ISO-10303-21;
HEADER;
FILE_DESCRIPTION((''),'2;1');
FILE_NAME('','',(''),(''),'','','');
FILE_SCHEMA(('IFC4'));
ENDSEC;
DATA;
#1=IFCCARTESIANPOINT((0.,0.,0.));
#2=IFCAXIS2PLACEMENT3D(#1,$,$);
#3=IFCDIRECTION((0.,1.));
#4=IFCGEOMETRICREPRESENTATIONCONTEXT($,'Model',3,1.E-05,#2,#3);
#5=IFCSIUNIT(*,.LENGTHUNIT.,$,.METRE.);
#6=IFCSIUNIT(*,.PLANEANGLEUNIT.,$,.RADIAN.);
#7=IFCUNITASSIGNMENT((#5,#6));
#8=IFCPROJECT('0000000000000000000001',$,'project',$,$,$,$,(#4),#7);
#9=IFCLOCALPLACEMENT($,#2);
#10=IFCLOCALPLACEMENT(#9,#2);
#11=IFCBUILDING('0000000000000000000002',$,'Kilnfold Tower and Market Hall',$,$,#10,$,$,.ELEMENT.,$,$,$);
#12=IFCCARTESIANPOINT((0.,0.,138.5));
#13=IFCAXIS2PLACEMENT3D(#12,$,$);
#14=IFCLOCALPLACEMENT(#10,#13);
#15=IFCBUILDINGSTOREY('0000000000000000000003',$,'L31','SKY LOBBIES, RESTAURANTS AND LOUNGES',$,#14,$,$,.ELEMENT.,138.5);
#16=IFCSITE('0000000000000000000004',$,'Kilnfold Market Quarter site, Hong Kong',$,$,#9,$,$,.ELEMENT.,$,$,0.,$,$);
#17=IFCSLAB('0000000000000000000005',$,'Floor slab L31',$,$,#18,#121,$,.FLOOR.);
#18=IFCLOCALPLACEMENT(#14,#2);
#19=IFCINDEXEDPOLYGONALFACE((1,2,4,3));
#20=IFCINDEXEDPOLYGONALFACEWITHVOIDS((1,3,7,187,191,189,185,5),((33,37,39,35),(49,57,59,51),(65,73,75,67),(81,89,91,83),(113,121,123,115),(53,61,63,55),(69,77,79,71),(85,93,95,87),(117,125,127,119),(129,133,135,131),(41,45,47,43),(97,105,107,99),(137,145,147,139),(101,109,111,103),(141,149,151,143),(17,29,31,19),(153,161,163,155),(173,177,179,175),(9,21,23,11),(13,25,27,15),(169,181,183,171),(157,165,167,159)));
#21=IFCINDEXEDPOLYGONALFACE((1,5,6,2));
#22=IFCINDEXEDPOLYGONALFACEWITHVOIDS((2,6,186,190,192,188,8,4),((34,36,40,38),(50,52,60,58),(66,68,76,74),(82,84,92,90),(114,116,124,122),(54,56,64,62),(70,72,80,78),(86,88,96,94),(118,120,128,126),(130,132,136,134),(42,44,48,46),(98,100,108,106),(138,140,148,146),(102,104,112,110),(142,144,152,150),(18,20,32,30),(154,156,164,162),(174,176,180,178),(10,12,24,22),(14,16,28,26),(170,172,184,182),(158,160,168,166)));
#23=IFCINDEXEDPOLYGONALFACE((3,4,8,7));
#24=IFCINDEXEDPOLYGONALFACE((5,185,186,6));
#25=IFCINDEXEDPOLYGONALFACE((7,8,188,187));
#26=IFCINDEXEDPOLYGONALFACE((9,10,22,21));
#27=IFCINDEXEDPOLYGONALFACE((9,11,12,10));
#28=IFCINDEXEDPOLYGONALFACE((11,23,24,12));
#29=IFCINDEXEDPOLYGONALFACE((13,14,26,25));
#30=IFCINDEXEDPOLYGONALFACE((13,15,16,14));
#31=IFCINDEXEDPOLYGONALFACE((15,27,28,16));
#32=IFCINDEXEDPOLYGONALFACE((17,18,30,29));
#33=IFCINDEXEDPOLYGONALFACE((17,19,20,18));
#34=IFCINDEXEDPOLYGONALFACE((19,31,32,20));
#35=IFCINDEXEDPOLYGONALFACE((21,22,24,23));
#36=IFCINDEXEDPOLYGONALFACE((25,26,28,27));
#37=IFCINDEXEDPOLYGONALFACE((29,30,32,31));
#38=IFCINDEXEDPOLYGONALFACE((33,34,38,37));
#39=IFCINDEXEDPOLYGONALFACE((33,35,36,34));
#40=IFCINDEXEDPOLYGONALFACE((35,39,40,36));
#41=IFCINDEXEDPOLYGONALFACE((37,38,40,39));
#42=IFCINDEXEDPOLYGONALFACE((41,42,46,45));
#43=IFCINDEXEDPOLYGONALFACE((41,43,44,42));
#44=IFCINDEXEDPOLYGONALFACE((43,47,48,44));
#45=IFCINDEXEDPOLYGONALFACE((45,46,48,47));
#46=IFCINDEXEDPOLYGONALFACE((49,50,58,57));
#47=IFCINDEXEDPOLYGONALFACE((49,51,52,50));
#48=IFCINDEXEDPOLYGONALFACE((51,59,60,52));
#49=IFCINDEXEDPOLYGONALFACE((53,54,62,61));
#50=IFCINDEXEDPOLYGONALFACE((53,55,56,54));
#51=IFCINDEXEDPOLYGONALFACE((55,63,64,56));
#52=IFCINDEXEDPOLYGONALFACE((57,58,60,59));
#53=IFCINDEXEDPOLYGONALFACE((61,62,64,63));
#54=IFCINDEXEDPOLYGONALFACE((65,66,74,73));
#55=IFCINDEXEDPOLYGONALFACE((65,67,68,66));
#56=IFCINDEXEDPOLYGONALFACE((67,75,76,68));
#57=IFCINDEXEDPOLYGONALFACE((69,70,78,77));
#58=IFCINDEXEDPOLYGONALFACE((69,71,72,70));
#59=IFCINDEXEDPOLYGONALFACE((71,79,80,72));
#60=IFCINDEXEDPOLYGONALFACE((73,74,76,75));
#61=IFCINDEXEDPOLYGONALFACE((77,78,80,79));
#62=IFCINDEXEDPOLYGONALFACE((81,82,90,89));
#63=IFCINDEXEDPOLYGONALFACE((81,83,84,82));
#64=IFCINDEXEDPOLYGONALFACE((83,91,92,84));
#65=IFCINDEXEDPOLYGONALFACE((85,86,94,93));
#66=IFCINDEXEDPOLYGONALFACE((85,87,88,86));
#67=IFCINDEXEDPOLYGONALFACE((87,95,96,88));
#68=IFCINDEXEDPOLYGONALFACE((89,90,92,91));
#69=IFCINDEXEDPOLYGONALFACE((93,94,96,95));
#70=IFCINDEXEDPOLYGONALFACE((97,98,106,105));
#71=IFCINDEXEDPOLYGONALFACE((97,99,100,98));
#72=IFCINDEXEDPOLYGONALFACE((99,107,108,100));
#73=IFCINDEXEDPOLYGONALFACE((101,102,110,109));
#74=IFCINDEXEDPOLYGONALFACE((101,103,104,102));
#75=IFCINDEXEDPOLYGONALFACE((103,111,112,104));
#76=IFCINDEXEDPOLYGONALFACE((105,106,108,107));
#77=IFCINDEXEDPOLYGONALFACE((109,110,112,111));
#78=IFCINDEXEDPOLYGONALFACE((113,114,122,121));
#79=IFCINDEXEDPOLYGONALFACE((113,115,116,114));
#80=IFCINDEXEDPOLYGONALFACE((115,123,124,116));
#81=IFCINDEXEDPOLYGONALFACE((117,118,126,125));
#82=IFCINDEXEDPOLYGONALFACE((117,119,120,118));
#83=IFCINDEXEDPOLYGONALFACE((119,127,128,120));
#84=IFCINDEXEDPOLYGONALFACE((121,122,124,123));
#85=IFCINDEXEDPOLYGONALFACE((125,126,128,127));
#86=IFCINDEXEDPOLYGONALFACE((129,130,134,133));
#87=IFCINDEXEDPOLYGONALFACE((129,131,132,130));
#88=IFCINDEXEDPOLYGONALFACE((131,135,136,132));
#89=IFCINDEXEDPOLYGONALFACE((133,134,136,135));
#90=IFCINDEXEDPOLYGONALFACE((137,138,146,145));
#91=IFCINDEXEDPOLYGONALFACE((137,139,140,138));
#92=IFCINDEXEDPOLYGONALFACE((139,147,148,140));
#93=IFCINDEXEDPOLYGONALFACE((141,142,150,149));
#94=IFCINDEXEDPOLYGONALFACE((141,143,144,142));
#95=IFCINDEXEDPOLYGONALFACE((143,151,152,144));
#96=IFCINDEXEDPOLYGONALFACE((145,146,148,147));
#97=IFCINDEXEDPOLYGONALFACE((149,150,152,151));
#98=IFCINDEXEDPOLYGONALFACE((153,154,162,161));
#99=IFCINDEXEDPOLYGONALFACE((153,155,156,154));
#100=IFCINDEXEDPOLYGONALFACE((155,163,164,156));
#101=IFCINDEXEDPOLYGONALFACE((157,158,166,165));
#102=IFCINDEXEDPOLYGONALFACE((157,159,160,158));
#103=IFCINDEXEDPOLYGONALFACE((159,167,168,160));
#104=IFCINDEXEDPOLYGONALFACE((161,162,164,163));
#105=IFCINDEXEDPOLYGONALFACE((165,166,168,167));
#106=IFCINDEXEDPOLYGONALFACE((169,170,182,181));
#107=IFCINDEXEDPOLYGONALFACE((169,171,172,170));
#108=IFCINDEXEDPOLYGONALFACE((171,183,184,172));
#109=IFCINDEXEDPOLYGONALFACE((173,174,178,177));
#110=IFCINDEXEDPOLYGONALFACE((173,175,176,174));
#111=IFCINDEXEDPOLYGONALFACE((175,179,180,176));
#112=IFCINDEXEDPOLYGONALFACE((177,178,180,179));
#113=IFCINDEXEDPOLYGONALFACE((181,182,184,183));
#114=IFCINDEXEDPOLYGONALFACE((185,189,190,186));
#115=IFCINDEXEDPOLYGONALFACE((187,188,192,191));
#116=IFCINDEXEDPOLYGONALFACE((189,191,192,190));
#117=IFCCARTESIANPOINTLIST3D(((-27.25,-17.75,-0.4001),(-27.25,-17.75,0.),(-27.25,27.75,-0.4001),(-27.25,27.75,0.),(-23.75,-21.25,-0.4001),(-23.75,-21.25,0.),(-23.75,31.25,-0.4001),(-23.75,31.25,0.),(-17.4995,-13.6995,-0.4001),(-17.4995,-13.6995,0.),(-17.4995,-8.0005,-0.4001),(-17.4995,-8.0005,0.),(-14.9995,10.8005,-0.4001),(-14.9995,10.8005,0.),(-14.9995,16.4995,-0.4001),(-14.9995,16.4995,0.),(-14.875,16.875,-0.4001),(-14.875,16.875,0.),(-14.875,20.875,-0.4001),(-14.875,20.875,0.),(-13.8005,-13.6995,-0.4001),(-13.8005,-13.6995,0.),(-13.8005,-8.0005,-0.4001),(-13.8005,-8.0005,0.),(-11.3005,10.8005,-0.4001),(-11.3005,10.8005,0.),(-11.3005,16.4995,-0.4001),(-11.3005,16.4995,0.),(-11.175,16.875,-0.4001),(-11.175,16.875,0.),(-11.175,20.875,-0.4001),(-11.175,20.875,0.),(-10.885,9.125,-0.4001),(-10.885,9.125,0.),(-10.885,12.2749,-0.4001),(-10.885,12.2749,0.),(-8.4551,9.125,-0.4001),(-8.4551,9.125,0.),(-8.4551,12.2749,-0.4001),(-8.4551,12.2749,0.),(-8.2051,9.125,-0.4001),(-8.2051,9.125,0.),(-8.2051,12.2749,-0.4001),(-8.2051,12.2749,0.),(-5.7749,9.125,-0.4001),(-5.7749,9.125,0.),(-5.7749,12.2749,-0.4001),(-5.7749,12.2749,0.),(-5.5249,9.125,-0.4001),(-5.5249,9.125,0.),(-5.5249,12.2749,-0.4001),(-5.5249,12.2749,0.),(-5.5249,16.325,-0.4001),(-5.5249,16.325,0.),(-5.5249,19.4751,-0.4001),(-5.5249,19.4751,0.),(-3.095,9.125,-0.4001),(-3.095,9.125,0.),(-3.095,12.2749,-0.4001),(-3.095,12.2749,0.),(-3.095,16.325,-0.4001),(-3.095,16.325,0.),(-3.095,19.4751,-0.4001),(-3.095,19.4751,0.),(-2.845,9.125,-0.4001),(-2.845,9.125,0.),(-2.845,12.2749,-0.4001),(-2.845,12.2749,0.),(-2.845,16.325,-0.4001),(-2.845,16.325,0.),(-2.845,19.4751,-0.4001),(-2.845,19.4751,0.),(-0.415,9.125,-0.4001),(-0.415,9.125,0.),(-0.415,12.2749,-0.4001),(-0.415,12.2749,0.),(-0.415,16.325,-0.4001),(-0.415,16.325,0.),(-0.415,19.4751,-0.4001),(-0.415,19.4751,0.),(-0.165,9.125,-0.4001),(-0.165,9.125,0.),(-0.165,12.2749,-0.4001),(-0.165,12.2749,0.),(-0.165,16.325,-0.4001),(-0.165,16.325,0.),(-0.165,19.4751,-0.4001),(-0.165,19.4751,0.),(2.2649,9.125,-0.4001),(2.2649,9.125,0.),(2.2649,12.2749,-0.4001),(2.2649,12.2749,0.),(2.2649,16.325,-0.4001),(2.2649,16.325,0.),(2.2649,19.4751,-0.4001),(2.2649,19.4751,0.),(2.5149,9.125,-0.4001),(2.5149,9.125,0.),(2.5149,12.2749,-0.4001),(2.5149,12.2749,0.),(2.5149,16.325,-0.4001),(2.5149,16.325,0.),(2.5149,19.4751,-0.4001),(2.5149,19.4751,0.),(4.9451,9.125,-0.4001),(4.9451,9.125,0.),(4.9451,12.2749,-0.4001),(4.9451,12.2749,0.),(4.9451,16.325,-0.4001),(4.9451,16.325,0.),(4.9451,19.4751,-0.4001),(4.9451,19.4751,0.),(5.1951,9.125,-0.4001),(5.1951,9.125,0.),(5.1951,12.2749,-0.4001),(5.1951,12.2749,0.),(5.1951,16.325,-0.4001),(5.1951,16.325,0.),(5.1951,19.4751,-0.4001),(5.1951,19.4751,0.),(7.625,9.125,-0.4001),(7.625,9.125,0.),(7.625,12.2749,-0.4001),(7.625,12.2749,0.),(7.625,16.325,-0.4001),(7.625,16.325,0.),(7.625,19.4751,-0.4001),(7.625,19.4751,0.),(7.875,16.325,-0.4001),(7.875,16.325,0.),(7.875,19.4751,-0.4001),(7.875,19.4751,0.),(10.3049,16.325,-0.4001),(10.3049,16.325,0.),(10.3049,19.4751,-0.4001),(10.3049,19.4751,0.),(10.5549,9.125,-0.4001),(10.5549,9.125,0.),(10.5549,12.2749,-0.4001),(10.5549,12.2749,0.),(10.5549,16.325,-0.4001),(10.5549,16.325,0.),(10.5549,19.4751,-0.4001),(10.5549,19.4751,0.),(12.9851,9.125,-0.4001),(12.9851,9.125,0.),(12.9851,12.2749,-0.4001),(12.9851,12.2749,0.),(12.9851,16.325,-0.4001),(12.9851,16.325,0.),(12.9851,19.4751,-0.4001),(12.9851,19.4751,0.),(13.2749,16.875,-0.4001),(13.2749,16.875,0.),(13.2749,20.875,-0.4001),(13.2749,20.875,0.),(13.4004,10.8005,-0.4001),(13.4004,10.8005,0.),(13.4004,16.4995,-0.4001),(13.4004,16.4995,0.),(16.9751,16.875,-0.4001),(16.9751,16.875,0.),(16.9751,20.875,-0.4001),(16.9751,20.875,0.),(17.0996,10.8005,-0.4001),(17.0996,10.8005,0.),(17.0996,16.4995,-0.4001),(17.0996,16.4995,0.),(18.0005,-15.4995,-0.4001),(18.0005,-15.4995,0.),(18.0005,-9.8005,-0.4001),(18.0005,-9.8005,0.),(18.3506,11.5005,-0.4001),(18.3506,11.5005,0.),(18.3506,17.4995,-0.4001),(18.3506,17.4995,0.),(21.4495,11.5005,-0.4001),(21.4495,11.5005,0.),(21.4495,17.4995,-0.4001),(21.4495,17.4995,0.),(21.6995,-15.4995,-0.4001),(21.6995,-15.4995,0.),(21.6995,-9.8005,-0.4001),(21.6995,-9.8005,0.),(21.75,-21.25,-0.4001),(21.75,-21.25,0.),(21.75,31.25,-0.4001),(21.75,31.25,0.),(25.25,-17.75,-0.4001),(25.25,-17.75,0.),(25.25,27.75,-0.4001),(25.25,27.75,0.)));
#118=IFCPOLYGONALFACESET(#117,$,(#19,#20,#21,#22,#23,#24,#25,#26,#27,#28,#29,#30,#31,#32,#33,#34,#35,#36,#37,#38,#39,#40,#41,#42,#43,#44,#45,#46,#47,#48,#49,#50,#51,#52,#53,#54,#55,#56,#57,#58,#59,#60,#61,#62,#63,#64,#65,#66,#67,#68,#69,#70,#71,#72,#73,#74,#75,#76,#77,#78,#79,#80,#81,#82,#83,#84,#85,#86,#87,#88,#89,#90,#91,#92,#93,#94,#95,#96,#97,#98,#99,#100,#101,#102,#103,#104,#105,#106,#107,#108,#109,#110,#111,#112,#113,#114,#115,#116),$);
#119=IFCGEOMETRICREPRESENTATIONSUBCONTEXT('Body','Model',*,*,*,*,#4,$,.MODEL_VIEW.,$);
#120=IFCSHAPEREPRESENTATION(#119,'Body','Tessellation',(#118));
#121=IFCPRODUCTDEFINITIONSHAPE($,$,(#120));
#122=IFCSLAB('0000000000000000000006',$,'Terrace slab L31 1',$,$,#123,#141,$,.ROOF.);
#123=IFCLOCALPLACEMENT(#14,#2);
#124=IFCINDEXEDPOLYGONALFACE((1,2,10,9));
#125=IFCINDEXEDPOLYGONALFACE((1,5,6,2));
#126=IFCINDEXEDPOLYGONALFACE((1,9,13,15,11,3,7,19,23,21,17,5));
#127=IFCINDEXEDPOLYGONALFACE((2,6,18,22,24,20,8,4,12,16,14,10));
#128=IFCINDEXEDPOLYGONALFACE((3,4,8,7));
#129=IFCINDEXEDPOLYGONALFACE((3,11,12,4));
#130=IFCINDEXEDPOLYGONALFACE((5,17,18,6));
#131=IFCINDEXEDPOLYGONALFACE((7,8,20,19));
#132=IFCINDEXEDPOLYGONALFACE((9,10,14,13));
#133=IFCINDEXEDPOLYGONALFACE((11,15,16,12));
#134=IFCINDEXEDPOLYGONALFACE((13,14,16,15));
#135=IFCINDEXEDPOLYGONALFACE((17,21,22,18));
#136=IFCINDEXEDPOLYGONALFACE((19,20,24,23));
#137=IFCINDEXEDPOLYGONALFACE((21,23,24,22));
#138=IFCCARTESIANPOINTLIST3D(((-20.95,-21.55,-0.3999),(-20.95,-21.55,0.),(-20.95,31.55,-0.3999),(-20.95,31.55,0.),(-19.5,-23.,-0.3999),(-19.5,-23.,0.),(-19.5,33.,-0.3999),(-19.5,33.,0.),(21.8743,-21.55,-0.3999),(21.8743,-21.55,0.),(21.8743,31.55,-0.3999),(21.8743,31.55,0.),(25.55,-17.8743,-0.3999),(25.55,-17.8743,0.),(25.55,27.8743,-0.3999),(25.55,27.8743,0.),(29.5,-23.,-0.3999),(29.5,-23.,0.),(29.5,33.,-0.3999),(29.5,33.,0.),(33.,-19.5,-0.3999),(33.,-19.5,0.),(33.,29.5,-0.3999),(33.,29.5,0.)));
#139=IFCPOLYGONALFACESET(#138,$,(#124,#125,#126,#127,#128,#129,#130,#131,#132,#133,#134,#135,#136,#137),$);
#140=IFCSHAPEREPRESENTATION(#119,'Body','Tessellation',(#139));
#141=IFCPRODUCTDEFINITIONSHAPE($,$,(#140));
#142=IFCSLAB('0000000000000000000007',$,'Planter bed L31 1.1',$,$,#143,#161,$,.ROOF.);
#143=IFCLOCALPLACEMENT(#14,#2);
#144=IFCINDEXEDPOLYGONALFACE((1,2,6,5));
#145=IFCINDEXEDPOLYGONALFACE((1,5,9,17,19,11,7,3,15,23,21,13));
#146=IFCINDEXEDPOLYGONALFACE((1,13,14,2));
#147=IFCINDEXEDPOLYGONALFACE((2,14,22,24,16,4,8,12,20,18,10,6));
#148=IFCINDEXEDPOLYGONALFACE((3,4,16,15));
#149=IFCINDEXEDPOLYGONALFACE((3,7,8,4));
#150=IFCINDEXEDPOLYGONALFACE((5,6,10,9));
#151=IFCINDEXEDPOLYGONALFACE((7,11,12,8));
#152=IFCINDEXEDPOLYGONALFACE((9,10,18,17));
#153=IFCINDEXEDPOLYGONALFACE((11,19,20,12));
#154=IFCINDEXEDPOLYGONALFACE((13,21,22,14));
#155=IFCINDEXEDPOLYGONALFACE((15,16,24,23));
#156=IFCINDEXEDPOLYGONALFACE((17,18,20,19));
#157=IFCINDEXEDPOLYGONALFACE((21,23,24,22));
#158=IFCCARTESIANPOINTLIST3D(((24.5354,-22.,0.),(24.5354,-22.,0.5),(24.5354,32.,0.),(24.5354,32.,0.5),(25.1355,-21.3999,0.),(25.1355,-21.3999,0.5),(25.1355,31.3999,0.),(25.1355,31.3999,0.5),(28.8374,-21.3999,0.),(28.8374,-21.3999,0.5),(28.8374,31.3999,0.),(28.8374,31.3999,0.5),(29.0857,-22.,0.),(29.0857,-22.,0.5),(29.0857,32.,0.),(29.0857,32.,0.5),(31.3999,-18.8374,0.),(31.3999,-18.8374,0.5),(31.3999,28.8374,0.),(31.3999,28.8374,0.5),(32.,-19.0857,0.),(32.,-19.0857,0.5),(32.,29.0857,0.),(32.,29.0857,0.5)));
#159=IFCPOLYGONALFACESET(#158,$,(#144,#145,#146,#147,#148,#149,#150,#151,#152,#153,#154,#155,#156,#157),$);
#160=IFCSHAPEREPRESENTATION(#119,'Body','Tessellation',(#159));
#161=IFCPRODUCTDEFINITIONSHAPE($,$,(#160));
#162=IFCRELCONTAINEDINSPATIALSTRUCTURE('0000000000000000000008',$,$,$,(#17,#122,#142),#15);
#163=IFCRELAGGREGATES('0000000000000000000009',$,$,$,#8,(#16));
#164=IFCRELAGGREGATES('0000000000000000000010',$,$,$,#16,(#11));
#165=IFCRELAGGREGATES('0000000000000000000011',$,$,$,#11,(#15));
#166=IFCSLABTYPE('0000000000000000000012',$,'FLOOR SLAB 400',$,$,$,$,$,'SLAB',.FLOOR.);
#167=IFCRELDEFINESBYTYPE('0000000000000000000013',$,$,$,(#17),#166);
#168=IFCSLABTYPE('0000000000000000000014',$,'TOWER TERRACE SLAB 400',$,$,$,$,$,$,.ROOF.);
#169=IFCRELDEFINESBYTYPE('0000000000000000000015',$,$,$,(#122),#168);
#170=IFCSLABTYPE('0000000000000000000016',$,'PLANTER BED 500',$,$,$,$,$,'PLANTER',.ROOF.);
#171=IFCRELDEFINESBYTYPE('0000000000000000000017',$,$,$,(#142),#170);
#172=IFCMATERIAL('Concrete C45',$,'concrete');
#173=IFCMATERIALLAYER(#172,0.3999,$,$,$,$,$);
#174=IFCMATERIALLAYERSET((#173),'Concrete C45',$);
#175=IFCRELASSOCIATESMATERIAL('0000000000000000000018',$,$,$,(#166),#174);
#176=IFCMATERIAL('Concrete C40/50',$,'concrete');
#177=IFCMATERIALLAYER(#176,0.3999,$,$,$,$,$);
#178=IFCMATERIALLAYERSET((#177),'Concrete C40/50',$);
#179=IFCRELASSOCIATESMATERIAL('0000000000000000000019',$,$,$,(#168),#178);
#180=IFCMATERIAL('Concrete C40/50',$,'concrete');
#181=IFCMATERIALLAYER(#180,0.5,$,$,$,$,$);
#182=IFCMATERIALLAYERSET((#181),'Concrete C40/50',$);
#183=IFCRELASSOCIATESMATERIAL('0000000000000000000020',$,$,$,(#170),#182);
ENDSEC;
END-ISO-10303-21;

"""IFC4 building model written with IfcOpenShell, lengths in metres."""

from ifc_helpers import new_model, si_unit, direction, frame, origin, place, context, subcontext, project, spatial, polyline, outline, extrude, source, transform, mapped, material, layer, layer_set, type_object, element, save


model = new_model("IFC4")

# Units and contexts
model_context = context("Model", 3, precision=1e-05, world=origin(), true_north=direction((0.0, 1.0)))
body_context = subcontext(model_context, "Body", "Model", "MODEL_VIEW")
ifc_project = project(units=[si_unit("LENGTHUNIT", "METRE"), si_unit("PLANEANGLEUNIT", "RADIAN")], contexts=[model_context])

# Site, building, storey
site_placement = place(None, origin())
site = spatial("IfcSite", under=ifc_project, at=site_placement, Name="Kilnfold Market Quarter site, Hong Kong", CompositionType="ELEMENT", RefElevation=0.0)
building_placement = place(site_placement, origin())
building = spatial("IfcBuilding", under=site, at=building_placement, Name="Kilnfold Tower and Market Hall", CompositionType="ELEMENT")
storey_placement = place(building_placement, frame((0.0, 0.0, 138.5)))
storey = spatial("IfcBuildingStorey", under=building, at=storey_placement, Name="L31", Description="SKY LOBBIES, RESTAURANTS AND LOUNGES", CompositionType="ELEMENT", Elevation=138.5)

# Slabs
ifc_material_1 = material(Name="Concrete C45", Category="concrete")
ifc_layer_1 = layer(ifc_material_1, 0.3999)
ifc_layer_set_1 = layer_set([ifc_layer_1], Name="Concrete C45")
slab_type_1 = type_object("IfcSlabType", Name="FLOOR SLAB 400", ElementType="SLAB", PredefinedType="FLOOR", material=ifc_layer_set_1)
shared_shape_1 = source(origin(), body_context, "Body", "SweptSolid", [
    extrude(outline(polyline([(-23.75, -21.25), (21.75, -21.25), (25.25, -17.75), (25.25, 27.75), (21.75, 31.25), (-23.75, 31.25), (-27.25, 27.75), (-27.25, -17.75), (-23.75, -21.25)]), holes=[polyline([(-13.8005, -13.6995), (-17.4995, -13.6995), (-17.4995, -8.0005), (-13.8005, -8.0005), (-13.8005, -13.6995)]), polyline([(-14.9995, 10.8005), (-14.9995, 16.4995), (-11.3005, 16.4995), (-11.3005, 10.8005), (-14.9995, 10.8005)]), polyline([(-14.875, 16.875), (-14.875, 20.875), (-11.175, 20.875), (-11.175, 16.875), (-14.875, 16.875)]), polyline([(-8.4551, 9.125), (-10.885, 9.125), (-10.885, 12.2749), (-8.4551, 12.2749), (-8.4551, 9.125)]), polyline([(-5.7749, 9.125), (-8.2051, 9.125), (-8.2051, 12.2749), (-5.7749, 12.2749), (-5.7749, 9.125)]), polyline([(-5.5249, 9.125), (-5.5249, 12.2749), (-3.095, 12.2749), (-3.095, 9.125), (-5.5249, 9.125)]), polyline([(-5.5249, 16.325), (-5.5249, 19.4751), (-3.095, 19.4751), (-3.095, 16.325), (-5.5249, 16.325)]), polyline([(-2.845, 9.125), (-2.845, 12.2749), (-0.415, 12.2749), (-0.415, 9.125), (-2.845, 9.125)]), polyline([(-0.415, 16.325), (-2.845, 16.325), (-2.845, 19.4751), (-0.415, 19.4751), (-0.415, 16.325)]), polyline([(2.2649, 9.125), (-0.165, 9.125), (-0.165, 12.2749), (2.2649, 12.2749), (2.2649, 9.125)]), polyline([(-0.165, 16.325), (-0.165, 19.4751), (2.2649, 19.4751), (2.2649, 16.325), (-0.165, 16.325)]), polyline([(4.9451, 9.125), (2.5149, 9.125), (2.5149, 12.2749), (4.9451, 12.2749), (4.9451, 9.125)]), polyline([(2.5149, 16.325), (2.5149, 19.4751), (4.9451, 19.4751), (4.9451, 16.325), (2.5149, 16.325)]), polyline([(7.625, 9.125), (5.1951, 9.125), (5.1951, 12.2749), (7.625, 12.2749), (7.625, 9.125)]), polyline([(5.1951, 16.325), (5.1951, 19.4751), (7.625, 19.4751), (7.625, 16.325), (5.1951, 16.325)]), polyline([(10.3049, 16.325), (7.875, 16.325), (7.875, 19.4751), (10.3049, 19.4751), (10.3049, 16.325)]), polyline([(10.5549, 9.125), (10.5549, 12.2749), (12.9851, 12.2749), (12.9851, 9.125), (10.5549, 9.125)]), polyline([(10.5549, 16.325), (10.5549, 19.4751), (12.9851, 19.4751), (12.9851, 16.325), (10.5549, 16.325)]), polyline([(13.2749, 16.875), (13.2749, 20.875), (16.9751, 20.875), (16.9751, 16.875), (13.2749, 16.875)]), polyline([(13.4004, 10.8005), (13.4004, 16.4995), (17.0996, 16.4995), (17.0996, 10.8005), (13.4004, 10.8005)]), polyline([(18.0005, -9.8005), (21.6995, -9.8005), (21.6995, -15.4995), (18.0005, -15.4995), (18.0005, -9.8005)]), polyline([(21.4495, 11.5005), (18.3506, 11.5005), (18.3506, 17.4995), (21.4495, 17.4995), (21.4495, 11.5005)])]), origin(), (0.0, 0.0, 1.0), 0.4001),
])
slab_1_placement = place(storey_placement, frame((0.0, 0.0, -0.4001)))
element("IfcSlab", 1, at=slab_1_placement, inside=storey, type_object=slab_type_1, Name="Floor slab L31", PredefinedType="FLOOR", context=body_context, shape_type="MappedRepresentation", body=[
    mapped(shared_shape_1, transform((0.0, 0.0, 0.0))),
])
ifc_material_2 = material(Name="Concrete C40/50", Category="concrete")
ifc_layer_2 = layer(ifc_material_2, 0.3999)
ifc_layer_set_2 = layer_set([ifc_layer_2], Name="Concrete C40/50")
slab_type_2 = type_object("IfcSlabType", Name="TOWER TERRACE SLAB 400", PredefinedType="ROOF", material=ifc_layer_set_2)
shared_shape_2 = source(origin(), body_context, "Body", "SweptSolid", [
    extrude(outline(polyline([(-19.5, 33.0), (29.5, 33.0), (33.0, 29.5), (33.0, -19.5), (29.5, -23.0), (-19.5, -23.0), (-20.95, -21.55), (21.8743, -21.55), (25.55, -17.8743), (25.55, 27.8743), (21.8743, 31.55), (-20.95, 31.55), (-19.5, 33.0)])), origin(), (0.0, 0.0, 1.0), 0.3999),
])
slab_2_placement = place(storey_placement, frame((0.0, 0.0, -0.3999)))
element("IfcSlab", 2, at=slab_2_placement, inside=storey, type_object=slab_type_2, Name="Terrace slab L31 1", PredefinedType="ROOF", context=body_context, shape_type="MappedRepresentation", body=[
    mapped(shared_shape_2, transform((0.0, 0.0, 0.0))),
])
ifc_material_3 = material(Name="Concrete C40/50", Category="concrete")
ifc_layer_3 = layer(ifc_material_3, 0.5)
ifc_layer_set_3 = layer_set([ifc_layer_3], Name="Concrete C40/50")
slab_type_3 = type_object("IfcSlabType", Name="PLANTER BED 500", ElementType="PLANTER", PredefinedType="ROOF", material=ifc_layer_set_3)
shared_shape_3 = source(origin(), body_context, "Body", "SweptSolid", [
    extrude(outline(polyline([(32.0, 29.0857), (32.0, -19.0857), (29.0857, -22.0), (24.5354, -22.0), (25.1355, -21.3999), (28.8374, -21.3999), (31.3999, -18.8374), (31.3999, 28.8374), (28.8374, 31.3999), (25.1355, 31.3999), (24.5354, 32.0), (29.0857, 32.0), (32.0, 29.0857)])), origin(), (0.0, 0.0, 1.0), 0.5),
])
slab_3_placement = place(storey_placement, origin())
element("IfcSlab", 3, at=slab_3_placement, inside=storey, type_object=slab_type_3, Name="Planter bed L31 1.1", PredefinedType="ROOF", context=body_context, shape_type="MappedRepresentation", body=[
    mapped(shared_shape_3, transform((0.0, 0.0, 0.0))),
])

save(model, "model.ifc")
